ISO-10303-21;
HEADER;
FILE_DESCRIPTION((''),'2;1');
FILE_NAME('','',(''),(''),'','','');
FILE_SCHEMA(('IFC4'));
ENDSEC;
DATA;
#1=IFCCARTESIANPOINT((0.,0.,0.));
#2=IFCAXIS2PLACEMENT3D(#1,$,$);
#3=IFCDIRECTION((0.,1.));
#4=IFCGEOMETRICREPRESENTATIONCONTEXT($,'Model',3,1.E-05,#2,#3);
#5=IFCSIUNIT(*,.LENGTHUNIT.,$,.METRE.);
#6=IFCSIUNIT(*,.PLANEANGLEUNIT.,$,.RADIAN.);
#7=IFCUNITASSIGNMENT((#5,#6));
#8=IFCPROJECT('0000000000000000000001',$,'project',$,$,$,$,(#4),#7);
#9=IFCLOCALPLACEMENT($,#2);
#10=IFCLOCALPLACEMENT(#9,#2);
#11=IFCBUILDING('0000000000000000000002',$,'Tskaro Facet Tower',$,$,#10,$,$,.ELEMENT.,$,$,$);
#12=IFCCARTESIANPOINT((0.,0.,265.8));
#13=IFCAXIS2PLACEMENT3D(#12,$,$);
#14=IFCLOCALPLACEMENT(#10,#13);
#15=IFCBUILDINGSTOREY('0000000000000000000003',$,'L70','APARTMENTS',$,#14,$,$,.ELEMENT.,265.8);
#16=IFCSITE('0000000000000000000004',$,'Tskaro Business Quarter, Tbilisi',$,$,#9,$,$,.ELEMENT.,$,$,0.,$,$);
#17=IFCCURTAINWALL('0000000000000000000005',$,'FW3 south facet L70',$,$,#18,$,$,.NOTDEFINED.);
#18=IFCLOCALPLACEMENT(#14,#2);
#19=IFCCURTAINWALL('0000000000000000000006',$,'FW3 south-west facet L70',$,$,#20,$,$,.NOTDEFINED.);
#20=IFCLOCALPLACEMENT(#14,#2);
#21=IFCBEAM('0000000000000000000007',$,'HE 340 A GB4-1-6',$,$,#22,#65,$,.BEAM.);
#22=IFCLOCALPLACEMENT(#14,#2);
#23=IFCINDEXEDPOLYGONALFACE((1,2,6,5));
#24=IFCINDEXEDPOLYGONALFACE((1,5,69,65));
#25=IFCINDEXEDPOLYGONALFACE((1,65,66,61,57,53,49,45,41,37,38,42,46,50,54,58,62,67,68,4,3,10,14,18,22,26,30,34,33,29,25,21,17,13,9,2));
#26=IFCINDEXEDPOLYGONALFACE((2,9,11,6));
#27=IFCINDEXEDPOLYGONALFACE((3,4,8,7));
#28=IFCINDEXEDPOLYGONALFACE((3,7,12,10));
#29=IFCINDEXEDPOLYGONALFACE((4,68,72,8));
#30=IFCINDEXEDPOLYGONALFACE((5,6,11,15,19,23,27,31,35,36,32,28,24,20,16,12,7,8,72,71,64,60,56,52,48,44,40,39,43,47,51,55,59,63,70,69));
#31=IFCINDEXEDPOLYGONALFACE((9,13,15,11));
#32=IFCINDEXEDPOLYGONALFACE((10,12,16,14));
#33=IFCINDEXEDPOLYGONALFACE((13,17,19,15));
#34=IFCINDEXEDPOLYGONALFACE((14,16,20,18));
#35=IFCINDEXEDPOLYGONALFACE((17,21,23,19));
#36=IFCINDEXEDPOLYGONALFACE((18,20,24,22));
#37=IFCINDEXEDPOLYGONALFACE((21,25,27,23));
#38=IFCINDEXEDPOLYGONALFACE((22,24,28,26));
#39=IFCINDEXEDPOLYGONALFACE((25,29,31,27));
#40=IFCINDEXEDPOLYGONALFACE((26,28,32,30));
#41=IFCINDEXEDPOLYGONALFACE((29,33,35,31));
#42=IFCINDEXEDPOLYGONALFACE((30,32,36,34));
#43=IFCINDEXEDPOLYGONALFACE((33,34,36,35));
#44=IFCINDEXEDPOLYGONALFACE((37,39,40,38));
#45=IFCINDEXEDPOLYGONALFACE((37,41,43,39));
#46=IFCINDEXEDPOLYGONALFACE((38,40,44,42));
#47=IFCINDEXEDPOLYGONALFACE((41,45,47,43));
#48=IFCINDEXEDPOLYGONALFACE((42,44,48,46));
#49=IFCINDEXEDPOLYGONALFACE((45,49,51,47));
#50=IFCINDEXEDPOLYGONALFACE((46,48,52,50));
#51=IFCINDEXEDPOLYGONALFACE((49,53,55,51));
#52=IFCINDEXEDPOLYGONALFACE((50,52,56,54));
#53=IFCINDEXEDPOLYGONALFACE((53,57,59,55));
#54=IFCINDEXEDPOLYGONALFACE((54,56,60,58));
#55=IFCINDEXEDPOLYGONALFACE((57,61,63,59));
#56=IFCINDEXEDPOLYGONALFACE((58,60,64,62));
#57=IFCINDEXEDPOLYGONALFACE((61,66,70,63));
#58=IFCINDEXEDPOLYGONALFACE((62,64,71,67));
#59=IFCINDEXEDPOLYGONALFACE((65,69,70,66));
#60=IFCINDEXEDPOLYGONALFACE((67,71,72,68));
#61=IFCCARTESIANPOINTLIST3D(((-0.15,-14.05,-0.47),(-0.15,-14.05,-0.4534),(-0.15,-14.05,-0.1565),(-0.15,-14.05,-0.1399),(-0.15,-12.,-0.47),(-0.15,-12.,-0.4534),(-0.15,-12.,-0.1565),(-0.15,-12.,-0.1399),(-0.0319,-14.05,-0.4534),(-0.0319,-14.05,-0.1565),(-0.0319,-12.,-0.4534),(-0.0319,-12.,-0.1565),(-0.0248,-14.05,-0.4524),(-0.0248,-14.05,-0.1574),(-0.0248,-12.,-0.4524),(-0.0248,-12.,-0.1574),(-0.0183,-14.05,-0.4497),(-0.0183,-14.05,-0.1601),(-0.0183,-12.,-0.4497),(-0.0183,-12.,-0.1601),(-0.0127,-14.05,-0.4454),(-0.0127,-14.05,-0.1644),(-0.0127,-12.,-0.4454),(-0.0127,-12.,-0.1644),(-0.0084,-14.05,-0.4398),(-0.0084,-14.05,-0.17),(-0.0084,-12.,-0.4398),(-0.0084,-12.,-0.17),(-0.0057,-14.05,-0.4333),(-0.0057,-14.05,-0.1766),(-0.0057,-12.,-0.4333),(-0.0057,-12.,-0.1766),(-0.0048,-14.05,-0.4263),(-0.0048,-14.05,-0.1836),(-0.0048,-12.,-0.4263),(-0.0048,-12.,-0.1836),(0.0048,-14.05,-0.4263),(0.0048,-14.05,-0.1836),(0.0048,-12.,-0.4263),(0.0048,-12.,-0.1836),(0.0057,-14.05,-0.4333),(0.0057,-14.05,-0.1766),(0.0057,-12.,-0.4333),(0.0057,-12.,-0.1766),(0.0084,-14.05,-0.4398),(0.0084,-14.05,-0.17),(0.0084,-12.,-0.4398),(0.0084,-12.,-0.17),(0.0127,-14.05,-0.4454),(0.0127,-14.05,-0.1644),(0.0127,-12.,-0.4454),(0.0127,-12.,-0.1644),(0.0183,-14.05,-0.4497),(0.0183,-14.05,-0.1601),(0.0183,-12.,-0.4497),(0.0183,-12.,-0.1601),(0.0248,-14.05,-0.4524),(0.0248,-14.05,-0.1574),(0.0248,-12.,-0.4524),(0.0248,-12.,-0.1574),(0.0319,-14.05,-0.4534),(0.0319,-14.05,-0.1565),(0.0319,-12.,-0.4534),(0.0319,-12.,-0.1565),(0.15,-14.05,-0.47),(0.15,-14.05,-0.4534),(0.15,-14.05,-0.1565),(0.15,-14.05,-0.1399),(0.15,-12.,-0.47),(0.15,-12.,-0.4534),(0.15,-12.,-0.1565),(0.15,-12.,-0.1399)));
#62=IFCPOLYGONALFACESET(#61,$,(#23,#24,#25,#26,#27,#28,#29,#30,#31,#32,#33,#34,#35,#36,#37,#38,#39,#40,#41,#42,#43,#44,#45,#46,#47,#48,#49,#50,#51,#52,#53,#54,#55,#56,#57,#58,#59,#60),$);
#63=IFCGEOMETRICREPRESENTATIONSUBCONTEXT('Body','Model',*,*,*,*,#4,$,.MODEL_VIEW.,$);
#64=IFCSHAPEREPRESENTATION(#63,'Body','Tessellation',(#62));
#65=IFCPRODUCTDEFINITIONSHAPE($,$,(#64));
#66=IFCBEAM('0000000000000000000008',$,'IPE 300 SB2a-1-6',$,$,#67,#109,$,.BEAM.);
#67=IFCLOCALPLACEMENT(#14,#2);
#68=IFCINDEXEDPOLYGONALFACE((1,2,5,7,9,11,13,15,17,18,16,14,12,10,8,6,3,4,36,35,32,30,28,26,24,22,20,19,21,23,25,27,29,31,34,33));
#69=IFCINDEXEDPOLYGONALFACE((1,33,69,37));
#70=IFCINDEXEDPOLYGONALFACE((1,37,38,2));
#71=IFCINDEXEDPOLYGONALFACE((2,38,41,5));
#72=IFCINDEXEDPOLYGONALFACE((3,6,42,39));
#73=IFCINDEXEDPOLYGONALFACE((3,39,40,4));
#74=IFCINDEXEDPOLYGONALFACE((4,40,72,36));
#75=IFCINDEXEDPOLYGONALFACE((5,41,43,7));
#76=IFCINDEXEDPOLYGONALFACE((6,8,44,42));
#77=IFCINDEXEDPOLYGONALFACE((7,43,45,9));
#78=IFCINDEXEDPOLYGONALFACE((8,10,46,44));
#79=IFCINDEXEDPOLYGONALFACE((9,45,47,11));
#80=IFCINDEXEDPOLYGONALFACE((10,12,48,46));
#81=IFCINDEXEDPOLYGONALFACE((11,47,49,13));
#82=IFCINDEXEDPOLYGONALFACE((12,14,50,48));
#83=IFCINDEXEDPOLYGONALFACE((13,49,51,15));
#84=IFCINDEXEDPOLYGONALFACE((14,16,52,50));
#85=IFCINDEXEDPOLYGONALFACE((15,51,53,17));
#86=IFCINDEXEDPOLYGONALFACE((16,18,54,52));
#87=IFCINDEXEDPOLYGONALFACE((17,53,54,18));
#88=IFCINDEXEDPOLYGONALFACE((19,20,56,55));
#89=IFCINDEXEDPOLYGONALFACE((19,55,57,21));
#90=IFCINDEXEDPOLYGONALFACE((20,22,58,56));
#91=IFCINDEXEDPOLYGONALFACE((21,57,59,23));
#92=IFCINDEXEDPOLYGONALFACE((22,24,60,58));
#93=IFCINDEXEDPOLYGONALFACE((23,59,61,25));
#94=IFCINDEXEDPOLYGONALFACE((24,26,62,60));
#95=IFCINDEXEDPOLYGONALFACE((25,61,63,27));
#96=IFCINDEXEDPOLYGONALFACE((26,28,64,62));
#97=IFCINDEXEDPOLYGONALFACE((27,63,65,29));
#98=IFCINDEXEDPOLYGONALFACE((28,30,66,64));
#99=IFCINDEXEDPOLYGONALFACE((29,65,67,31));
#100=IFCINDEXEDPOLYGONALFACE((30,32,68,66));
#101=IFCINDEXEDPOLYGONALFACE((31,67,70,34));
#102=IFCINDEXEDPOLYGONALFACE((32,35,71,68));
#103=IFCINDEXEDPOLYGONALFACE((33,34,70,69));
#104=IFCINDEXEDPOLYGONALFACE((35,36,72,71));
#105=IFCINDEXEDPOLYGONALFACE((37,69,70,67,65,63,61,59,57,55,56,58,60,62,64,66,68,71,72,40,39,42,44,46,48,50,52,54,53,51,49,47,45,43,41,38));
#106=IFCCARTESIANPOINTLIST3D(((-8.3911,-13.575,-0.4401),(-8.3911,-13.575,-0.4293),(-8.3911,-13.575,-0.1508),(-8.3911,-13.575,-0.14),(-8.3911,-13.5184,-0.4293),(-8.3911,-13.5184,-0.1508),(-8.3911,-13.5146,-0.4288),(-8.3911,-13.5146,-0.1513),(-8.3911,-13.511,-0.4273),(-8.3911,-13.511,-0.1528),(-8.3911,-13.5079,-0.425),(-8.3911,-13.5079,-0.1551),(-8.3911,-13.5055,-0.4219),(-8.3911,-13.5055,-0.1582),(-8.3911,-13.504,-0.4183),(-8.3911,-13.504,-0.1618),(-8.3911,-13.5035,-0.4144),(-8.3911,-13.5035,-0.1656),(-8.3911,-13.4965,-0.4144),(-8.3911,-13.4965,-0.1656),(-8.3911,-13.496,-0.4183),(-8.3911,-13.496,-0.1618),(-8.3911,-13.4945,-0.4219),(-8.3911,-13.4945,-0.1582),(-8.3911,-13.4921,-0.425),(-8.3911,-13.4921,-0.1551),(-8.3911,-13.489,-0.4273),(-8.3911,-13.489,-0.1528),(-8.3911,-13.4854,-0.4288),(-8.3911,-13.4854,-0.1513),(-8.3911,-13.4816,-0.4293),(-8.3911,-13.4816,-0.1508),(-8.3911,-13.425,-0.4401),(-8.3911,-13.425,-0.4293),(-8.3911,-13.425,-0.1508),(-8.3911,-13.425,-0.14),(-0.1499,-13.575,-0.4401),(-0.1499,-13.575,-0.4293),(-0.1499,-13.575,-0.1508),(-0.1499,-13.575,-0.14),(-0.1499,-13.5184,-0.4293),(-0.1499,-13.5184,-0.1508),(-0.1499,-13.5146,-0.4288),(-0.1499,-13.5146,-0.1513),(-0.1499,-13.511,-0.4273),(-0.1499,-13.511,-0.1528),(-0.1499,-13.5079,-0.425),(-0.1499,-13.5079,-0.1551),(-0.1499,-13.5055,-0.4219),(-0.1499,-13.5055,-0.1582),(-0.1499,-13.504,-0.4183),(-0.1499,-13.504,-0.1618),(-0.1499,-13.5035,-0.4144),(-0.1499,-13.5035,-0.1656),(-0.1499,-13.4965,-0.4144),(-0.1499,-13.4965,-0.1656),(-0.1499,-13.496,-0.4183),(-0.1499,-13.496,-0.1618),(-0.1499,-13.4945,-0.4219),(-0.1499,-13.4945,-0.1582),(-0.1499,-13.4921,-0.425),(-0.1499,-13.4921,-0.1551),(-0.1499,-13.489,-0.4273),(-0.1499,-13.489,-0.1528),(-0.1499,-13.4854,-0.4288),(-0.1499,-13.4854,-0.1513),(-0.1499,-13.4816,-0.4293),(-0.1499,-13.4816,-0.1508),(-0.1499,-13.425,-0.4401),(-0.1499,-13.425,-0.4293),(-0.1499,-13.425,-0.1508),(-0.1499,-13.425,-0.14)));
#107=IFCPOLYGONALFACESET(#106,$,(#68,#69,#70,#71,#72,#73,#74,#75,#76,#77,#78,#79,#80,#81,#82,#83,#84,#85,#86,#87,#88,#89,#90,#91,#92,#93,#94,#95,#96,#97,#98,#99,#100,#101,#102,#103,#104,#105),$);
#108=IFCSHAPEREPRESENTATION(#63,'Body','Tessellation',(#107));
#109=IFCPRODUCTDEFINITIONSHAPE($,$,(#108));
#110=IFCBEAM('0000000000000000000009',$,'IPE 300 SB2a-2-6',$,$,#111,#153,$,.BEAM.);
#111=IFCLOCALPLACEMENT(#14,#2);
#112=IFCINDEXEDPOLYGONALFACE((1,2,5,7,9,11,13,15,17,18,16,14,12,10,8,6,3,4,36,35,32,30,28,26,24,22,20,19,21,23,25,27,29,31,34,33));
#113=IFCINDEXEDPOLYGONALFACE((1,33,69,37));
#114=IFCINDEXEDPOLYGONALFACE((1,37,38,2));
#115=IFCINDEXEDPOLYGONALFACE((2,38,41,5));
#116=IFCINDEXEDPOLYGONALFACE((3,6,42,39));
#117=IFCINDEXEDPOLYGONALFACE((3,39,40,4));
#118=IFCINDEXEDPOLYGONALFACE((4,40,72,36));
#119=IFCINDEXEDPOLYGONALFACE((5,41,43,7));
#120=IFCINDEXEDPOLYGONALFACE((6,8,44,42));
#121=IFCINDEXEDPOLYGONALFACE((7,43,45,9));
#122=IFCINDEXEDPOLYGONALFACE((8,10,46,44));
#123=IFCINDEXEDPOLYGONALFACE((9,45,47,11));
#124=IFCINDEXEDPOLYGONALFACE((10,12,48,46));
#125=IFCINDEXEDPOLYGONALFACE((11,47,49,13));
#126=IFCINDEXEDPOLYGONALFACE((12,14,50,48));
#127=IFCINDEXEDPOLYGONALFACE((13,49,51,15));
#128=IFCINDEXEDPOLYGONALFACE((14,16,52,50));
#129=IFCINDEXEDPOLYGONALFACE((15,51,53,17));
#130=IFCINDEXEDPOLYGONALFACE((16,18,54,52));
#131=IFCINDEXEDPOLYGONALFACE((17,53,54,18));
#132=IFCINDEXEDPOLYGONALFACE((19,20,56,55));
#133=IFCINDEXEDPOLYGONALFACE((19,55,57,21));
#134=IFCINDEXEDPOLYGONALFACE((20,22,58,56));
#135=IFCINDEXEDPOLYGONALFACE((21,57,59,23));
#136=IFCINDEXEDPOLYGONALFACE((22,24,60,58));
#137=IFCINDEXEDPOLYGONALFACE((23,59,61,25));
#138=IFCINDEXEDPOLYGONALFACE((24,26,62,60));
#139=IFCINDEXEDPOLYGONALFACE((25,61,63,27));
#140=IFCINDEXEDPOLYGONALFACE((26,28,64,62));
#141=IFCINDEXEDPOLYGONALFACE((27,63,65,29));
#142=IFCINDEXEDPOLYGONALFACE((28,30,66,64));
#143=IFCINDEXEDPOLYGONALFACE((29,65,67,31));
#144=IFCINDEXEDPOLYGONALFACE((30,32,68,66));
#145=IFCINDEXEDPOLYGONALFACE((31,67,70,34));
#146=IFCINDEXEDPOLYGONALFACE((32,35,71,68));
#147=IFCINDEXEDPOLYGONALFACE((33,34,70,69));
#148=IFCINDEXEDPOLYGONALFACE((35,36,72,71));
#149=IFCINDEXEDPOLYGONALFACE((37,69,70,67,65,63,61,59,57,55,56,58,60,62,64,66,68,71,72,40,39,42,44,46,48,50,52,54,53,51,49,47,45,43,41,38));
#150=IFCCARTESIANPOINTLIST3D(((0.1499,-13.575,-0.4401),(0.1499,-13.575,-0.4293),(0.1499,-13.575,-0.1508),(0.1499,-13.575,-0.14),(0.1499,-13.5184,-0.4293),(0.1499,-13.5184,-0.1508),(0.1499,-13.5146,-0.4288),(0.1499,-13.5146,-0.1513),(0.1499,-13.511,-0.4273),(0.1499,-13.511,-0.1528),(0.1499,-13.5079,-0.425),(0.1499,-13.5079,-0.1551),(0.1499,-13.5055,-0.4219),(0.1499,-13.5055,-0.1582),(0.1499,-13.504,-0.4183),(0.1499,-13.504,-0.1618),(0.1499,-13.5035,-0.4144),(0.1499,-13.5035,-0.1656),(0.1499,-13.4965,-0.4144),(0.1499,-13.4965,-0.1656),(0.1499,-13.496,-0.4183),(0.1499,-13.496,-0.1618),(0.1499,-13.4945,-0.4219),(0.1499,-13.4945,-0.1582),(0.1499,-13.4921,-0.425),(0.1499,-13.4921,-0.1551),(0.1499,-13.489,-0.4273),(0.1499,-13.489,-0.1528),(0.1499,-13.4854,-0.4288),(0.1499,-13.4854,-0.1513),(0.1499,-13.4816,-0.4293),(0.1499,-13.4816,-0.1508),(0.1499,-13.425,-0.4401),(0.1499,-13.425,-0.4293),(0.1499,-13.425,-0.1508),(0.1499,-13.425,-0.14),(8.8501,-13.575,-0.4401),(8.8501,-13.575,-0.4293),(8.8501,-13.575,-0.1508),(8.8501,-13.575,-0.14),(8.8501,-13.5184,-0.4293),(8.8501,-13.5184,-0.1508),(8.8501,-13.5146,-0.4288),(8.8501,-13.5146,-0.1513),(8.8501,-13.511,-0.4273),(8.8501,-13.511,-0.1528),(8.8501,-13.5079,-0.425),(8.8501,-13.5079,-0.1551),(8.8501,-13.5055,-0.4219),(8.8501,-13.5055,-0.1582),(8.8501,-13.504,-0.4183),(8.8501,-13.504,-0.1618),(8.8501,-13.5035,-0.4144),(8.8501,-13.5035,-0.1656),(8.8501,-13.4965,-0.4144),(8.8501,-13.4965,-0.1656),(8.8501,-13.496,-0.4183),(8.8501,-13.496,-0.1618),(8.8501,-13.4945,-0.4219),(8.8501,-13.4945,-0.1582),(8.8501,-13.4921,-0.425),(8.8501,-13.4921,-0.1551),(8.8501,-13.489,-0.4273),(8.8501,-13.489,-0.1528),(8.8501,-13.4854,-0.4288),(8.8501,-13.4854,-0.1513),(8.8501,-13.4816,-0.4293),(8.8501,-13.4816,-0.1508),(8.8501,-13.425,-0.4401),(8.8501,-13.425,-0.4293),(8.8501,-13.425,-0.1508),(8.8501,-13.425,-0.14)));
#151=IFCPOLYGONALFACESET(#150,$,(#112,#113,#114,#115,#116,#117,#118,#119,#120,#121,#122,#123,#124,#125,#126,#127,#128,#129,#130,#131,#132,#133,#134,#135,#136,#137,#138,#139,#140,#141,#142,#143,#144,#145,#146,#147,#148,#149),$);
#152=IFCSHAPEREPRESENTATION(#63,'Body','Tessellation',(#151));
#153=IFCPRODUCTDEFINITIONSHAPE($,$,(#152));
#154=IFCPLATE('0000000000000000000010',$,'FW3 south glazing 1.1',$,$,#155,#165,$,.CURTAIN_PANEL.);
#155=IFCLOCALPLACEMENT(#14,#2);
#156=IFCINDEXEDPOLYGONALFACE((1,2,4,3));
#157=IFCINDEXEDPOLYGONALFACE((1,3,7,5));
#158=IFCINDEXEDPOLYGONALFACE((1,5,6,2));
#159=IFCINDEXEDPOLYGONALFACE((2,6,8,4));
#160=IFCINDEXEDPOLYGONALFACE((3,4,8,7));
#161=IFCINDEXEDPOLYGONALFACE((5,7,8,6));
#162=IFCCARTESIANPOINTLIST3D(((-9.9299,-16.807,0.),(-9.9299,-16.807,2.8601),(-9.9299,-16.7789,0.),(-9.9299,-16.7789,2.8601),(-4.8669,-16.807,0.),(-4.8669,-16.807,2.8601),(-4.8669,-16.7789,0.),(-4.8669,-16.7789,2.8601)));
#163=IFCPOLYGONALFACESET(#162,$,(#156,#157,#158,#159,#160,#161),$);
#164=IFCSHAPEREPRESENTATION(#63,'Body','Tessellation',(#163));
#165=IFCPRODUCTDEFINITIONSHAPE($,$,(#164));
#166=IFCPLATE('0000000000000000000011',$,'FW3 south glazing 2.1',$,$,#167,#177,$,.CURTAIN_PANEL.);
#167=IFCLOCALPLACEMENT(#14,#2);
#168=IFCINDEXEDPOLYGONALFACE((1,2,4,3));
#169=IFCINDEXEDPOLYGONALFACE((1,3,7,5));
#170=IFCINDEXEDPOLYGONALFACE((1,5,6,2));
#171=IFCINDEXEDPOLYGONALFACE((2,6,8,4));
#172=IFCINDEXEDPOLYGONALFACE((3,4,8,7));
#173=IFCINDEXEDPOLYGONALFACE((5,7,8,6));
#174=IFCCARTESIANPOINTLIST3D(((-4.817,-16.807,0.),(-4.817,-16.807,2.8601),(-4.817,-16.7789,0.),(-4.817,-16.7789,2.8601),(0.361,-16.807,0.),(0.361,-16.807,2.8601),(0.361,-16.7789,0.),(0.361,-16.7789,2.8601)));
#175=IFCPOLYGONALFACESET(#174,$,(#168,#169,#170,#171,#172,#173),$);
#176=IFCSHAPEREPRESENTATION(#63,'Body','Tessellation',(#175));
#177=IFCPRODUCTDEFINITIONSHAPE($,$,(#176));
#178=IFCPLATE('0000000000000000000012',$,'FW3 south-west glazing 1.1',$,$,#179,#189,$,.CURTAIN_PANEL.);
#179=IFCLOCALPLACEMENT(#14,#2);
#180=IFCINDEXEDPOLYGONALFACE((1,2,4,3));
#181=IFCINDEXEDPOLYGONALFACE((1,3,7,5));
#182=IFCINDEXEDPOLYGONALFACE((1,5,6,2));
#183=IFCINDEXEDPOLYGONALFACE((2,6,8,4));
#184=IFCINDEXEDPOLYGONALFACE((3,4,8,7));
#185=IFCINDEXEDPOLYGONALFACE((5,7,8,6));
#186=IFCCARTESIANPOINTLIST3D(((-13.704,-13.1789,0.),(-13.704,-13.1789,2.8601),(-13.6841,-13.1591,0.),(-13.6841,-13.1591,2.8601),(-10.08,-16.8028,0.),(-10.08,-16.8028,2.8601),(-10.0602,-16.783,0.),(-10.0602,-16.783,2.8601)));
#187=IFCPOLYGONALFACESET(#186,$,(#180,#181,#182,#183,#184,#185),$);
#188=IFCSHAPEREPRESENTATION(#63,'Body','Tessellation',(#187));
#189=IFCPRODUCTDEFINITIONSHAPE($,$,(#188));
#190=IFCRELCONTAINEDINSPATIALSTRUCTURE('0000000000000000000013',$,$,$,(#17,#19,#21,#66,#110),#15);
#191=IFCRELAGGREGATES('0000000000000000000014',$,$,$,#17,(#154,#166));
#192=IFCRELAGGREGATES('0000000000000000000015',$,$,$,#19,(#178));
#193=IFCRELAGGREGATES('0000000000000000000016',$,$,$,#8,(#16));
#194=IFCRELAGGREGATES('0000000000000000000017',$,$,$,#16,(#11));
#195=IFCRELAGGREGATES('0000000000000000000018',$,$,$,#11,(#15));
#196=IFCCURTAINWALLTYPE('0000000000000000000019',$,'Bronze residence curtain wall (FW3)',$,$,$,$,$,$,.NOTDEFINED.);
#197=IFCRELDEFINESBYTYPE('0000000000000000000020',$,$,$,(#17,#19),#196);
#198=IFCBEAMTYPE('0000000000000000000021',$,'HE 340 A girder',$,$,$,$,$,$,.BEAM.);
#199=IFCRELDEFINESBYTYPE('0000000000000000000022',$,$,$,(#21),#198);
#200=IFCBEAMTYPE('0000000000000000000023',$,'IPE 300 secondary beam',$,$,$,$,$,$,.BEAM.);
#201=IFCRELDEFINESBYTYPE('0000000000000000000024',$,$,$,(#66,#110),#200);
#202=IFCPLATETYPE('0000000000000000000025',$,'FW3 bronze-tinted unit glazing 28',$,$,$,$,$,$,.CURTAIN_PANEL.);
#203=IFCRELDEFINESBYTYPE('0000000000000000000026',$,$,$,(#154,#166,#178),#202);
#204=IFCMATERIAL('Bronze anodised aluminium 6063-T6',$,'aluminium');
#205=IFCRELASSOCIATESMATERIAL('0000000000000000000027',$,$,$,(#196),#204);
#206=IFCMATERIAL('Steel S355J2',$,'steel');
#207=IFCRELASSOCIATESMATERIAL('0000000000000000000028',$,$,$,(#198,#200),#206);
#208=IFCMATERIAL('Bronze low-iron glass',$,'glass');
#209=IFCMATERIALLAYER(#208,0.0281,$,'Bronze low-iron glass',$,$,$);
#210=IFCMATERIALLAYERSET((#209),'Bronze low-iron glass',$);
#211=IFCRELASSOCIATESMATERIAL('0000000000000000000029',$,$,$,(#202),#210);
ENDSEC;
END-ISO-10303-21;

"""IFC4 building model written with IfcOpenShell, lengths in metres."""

from ifc_helpers import new_model, si_unit, direction, frame, origin, origin_2d, place, context, subcontext, project, spatial, rectangle, i_section, extrude, material, layer, layer_set, material_profile, profile_set, type_object, element, aggregate, save


model = new_model("IFC4")

# Units and contexts
model_context = context("Model", 3, precision=1e-05, world=origin(), true_north=direction((0.0, 1.0)))
body_context = subcontext(model_context, "Body", "Model", "MODEL_VIEW")
ifc_project = project(units=[si_unit("LENGTHUNIT", "METRE"), si_unit("PLANEANGLEUNIT", "RADIAN")], contexts=[model_context])

# Site, building, storey
site_placement = place(None, origin())
site = spatial("IfcSite", under=ifc_project, at=site_placement, Name="Tskaro Business Quarter, Tbilisi", CompositionType="ELEMENT", RefElevation=0.0)
building_placement = place(site_placement, origin())
building = spatial("IfcBuilding", under=site, at=building_placement, Name="Tskaro Facet Tower", CompositionType="ELEMENT")
storey_placement = place(building_placement, frame((0.0, 0.0, 265.8)))
storey = spatial("IfcBuildingStorey", under=building, at=storey_placement, Name="L70", Description="APARTMENTS", CompositionType="ELEMENT", Elevation=265.8)

# Shared definitions
ifc_material_1 = material(Name="Steel S355J2", Category="steel")

# Curtain walls
ifc_material_2 = material(Name="Bronze anodised aluminium 6063-T6", Category="aluminium")
curtain_wall_type = type_object("IfcCurtainWallType", Name="Bronze residence curtain wall (FW3)", PredefinedType="NOTDEFINED", material=ifc_material_2)
curtain_wall_1_placement = place(storey_placement, origin())
curtain_wall_1 = element("IfcCurtainWall", 1, at=curtain_wall_1_placement, inside=storey, type_object=curtain_wall_type, Name="FW3 south facet L70", PredefinedType="NOTDEFINED")
curtain_wall_2_placement = place(storey_placement, origin())
curtain_wall_2 = element("IfcCurtainWall", 2, at=curtain_wall_2_placement, inside=storey, type_object=curtain_wall_type, Name="FW3 south-west facet L70", PredefinedType="NOTDEFINED")

# Beams
ifc_material_profile_1 = material_profile(ifc_material_1, i_section(OverallWidth=0.3, OverallDepth=0.3301, WebThickness=0.0095, FlangeThickness=0.0166, FilletRadius=0.0271, at=origin_2d()), Name="HE 340 A")
ifc_profile_set_1 = profile_set([ifc_material_profile_1], Name="Steel S355J2")
beam_type_1 = type_object("IfcBeamType", Name="HE 340 A girder", PredefinedType="BEAM", material=ifc_profile_set_1)
beam_1_placement = place(storey_placement, frame((0.0, -14.05, -0.3049), z_axis=(0.0, 1.0, 0.0), x_axis=(-1.0, 0.0, 0.0)))
element("IfcBeam", 3, at=beam_1_placement, inside=storey, type_object=beam_type_1, Name="HE 340 A GB4-1-6", PredefinedType="BEAM", context=body_context, shape_type="SweptSolid", body=[
    extrude(i_section(OverallWidth=0.3, OverallDepth=0.3301, WebThickness=0.0095, FlangeThickness=0.0166, FilletRadius=0.0271, at=origin_2d()), origin(), (0.0, 0.0, 1.0), 2.05),
])
ifc_material_profile_2 = material_profile(ifc_material_1, i_section(OverallWidth=0.1499, OverallDepth=0.3, WebThickness=0.0071, FlangeThickness=0.0107, FilletRadius=0.0149, at=origin_2d()), Name="IPE 300")
ifc_profile_set_2 = profile_set([ifc_material_profile_2], Name="Steel S355J2")
beam_type_2 = type_object("IfcBeamType", Name="IPE 300 secondary beam", PredefinedType="BEAM", material=ifc_profile_set_2)
beam_2_placement = place(storey_placement, frame((-8.3911, -13.5, -0.29), z_axis=(1.0, 0.0, 0.0), x_axis=(0.0, 1.0, 0.0)))
element("IfcBeam", 4, at=beam_2_placement, inside=storey, type_object=beam_type_2, Name="IPE 300 SB2a-1-6", PredefinedType="BEAM", context=body_context, shape_type="SweptSolid", body=[
    extrude(i_section(OverallWidth=0.1499, OverallDepth=0.3, WebThickness=0.0071, FlangeThickness=0.0107, FilletRadius=0.0149, at=origin_2d()), origin(), (0.0, 0.0, 1.0), 8.2412),
])
beam_3_placement = place(storey_placement, frame((0.1499, -13.5, -0.29), z_axis=(1.0, 0.0, 0.0), x_axis=(0.0, 1.0, 0.0)))
element("IfcBeam", 5, at=beam_3_placement, inside=storey, type_object=beam_type_2, Name="IPE 300 SB2a-2-6", PredefinedType="BEAM", context=body_context, shape_type="SweptSolid", body=[
    extrude(i_section(OverallWidth=0.1499, OverallDepth=0.3, WebThickness=0.0071, FlangeThickness=0.0107, FilletRadius=0.0149, at=origin_2d()), origin(), (0.0, 0.0, 1.0), 8.7002),
])

# Plates
ifc_material_3 = material(Name="Bronze low-iron glass", Category="glass")
ifc_layer_1 = layer(ifc_material_3, 0.0281, Name="Bronze low-iron glass")
ifc_layer_set_1 = layer_set([ifc_layer_1], Name="Bronze low-iron glass")
plate_type = type_object("IfcPlateType", Name="FW3 bronze-tinted unit glazing 28", PredefinedType="CURTAIN_PANEL", material=ifc_layer_set_1)
plate_1_placement = place(storey_placement, frame((-7.3984, -16.793, 0.0), z_axis=(0.0, 0.0, 1.0), x_axis=(1.0, 0.0, 0.0)))
plate_1 = element("IfcPlate", 6, at=plate_1_placement, type_object=plate_type, Name="FW3 south glazing 1.1", PredefinedType="CURTAIN_PANEL", context=body_context, shape_type="SweptSolid", body=[
    extrude(rectangle(XDim=5.063, YDim=0.0281, at=origin_2d()), origin(), (0.0, 0.0, 1.0), 2.8601),
])
plate_2_placement = place(storey_placement, frame((-2.228, -16.793, 0.0), z_axis=(0.0, 0.0, 1.0), x_axis=(1.0, 0.0, 0.0)))
plate_2 = element("IfcPlate", 7, at=plate_2_placement, type_object=plate_type, Name="FW3 south glazing 2.1", PredefinedType="CURTAIN_PANEL", context=body_context, shape_type="SweptSolid", body=[
    extrude(rectangle(XDim=5.178, YDim=0.0281, at=origin_2d()), origin(), (0.0, 0.0, 1.0), 2.8601),
])
aggregate(curtain_wall_1, [plate_1, plate_2])
plate_3_placement = place(storey_placement, frame((-11.8821, -14.981, 0.0), z_axis=(0.0, 0.0, 1.0), x_axis=(0.707107, -0.707107, 0.0)))
plate_3 = element("IfcPlate", 8, at=plate_3_placement, type_object=plate_type, Name="FW3 south-west glazing 1.1", PredefinedType="CURTAIN_PANEL", context=body_context, shape_type="SweptSolid", body=[
    extrude(rectangle(XDim=5.125, YDim=0.0281, at=origin_2d()), origin(), (0.0, 0.0, 1.0), 2.8601),
])
aggregate(curtain_wall_2, [plate_3])

save(model, "model.ifc")
